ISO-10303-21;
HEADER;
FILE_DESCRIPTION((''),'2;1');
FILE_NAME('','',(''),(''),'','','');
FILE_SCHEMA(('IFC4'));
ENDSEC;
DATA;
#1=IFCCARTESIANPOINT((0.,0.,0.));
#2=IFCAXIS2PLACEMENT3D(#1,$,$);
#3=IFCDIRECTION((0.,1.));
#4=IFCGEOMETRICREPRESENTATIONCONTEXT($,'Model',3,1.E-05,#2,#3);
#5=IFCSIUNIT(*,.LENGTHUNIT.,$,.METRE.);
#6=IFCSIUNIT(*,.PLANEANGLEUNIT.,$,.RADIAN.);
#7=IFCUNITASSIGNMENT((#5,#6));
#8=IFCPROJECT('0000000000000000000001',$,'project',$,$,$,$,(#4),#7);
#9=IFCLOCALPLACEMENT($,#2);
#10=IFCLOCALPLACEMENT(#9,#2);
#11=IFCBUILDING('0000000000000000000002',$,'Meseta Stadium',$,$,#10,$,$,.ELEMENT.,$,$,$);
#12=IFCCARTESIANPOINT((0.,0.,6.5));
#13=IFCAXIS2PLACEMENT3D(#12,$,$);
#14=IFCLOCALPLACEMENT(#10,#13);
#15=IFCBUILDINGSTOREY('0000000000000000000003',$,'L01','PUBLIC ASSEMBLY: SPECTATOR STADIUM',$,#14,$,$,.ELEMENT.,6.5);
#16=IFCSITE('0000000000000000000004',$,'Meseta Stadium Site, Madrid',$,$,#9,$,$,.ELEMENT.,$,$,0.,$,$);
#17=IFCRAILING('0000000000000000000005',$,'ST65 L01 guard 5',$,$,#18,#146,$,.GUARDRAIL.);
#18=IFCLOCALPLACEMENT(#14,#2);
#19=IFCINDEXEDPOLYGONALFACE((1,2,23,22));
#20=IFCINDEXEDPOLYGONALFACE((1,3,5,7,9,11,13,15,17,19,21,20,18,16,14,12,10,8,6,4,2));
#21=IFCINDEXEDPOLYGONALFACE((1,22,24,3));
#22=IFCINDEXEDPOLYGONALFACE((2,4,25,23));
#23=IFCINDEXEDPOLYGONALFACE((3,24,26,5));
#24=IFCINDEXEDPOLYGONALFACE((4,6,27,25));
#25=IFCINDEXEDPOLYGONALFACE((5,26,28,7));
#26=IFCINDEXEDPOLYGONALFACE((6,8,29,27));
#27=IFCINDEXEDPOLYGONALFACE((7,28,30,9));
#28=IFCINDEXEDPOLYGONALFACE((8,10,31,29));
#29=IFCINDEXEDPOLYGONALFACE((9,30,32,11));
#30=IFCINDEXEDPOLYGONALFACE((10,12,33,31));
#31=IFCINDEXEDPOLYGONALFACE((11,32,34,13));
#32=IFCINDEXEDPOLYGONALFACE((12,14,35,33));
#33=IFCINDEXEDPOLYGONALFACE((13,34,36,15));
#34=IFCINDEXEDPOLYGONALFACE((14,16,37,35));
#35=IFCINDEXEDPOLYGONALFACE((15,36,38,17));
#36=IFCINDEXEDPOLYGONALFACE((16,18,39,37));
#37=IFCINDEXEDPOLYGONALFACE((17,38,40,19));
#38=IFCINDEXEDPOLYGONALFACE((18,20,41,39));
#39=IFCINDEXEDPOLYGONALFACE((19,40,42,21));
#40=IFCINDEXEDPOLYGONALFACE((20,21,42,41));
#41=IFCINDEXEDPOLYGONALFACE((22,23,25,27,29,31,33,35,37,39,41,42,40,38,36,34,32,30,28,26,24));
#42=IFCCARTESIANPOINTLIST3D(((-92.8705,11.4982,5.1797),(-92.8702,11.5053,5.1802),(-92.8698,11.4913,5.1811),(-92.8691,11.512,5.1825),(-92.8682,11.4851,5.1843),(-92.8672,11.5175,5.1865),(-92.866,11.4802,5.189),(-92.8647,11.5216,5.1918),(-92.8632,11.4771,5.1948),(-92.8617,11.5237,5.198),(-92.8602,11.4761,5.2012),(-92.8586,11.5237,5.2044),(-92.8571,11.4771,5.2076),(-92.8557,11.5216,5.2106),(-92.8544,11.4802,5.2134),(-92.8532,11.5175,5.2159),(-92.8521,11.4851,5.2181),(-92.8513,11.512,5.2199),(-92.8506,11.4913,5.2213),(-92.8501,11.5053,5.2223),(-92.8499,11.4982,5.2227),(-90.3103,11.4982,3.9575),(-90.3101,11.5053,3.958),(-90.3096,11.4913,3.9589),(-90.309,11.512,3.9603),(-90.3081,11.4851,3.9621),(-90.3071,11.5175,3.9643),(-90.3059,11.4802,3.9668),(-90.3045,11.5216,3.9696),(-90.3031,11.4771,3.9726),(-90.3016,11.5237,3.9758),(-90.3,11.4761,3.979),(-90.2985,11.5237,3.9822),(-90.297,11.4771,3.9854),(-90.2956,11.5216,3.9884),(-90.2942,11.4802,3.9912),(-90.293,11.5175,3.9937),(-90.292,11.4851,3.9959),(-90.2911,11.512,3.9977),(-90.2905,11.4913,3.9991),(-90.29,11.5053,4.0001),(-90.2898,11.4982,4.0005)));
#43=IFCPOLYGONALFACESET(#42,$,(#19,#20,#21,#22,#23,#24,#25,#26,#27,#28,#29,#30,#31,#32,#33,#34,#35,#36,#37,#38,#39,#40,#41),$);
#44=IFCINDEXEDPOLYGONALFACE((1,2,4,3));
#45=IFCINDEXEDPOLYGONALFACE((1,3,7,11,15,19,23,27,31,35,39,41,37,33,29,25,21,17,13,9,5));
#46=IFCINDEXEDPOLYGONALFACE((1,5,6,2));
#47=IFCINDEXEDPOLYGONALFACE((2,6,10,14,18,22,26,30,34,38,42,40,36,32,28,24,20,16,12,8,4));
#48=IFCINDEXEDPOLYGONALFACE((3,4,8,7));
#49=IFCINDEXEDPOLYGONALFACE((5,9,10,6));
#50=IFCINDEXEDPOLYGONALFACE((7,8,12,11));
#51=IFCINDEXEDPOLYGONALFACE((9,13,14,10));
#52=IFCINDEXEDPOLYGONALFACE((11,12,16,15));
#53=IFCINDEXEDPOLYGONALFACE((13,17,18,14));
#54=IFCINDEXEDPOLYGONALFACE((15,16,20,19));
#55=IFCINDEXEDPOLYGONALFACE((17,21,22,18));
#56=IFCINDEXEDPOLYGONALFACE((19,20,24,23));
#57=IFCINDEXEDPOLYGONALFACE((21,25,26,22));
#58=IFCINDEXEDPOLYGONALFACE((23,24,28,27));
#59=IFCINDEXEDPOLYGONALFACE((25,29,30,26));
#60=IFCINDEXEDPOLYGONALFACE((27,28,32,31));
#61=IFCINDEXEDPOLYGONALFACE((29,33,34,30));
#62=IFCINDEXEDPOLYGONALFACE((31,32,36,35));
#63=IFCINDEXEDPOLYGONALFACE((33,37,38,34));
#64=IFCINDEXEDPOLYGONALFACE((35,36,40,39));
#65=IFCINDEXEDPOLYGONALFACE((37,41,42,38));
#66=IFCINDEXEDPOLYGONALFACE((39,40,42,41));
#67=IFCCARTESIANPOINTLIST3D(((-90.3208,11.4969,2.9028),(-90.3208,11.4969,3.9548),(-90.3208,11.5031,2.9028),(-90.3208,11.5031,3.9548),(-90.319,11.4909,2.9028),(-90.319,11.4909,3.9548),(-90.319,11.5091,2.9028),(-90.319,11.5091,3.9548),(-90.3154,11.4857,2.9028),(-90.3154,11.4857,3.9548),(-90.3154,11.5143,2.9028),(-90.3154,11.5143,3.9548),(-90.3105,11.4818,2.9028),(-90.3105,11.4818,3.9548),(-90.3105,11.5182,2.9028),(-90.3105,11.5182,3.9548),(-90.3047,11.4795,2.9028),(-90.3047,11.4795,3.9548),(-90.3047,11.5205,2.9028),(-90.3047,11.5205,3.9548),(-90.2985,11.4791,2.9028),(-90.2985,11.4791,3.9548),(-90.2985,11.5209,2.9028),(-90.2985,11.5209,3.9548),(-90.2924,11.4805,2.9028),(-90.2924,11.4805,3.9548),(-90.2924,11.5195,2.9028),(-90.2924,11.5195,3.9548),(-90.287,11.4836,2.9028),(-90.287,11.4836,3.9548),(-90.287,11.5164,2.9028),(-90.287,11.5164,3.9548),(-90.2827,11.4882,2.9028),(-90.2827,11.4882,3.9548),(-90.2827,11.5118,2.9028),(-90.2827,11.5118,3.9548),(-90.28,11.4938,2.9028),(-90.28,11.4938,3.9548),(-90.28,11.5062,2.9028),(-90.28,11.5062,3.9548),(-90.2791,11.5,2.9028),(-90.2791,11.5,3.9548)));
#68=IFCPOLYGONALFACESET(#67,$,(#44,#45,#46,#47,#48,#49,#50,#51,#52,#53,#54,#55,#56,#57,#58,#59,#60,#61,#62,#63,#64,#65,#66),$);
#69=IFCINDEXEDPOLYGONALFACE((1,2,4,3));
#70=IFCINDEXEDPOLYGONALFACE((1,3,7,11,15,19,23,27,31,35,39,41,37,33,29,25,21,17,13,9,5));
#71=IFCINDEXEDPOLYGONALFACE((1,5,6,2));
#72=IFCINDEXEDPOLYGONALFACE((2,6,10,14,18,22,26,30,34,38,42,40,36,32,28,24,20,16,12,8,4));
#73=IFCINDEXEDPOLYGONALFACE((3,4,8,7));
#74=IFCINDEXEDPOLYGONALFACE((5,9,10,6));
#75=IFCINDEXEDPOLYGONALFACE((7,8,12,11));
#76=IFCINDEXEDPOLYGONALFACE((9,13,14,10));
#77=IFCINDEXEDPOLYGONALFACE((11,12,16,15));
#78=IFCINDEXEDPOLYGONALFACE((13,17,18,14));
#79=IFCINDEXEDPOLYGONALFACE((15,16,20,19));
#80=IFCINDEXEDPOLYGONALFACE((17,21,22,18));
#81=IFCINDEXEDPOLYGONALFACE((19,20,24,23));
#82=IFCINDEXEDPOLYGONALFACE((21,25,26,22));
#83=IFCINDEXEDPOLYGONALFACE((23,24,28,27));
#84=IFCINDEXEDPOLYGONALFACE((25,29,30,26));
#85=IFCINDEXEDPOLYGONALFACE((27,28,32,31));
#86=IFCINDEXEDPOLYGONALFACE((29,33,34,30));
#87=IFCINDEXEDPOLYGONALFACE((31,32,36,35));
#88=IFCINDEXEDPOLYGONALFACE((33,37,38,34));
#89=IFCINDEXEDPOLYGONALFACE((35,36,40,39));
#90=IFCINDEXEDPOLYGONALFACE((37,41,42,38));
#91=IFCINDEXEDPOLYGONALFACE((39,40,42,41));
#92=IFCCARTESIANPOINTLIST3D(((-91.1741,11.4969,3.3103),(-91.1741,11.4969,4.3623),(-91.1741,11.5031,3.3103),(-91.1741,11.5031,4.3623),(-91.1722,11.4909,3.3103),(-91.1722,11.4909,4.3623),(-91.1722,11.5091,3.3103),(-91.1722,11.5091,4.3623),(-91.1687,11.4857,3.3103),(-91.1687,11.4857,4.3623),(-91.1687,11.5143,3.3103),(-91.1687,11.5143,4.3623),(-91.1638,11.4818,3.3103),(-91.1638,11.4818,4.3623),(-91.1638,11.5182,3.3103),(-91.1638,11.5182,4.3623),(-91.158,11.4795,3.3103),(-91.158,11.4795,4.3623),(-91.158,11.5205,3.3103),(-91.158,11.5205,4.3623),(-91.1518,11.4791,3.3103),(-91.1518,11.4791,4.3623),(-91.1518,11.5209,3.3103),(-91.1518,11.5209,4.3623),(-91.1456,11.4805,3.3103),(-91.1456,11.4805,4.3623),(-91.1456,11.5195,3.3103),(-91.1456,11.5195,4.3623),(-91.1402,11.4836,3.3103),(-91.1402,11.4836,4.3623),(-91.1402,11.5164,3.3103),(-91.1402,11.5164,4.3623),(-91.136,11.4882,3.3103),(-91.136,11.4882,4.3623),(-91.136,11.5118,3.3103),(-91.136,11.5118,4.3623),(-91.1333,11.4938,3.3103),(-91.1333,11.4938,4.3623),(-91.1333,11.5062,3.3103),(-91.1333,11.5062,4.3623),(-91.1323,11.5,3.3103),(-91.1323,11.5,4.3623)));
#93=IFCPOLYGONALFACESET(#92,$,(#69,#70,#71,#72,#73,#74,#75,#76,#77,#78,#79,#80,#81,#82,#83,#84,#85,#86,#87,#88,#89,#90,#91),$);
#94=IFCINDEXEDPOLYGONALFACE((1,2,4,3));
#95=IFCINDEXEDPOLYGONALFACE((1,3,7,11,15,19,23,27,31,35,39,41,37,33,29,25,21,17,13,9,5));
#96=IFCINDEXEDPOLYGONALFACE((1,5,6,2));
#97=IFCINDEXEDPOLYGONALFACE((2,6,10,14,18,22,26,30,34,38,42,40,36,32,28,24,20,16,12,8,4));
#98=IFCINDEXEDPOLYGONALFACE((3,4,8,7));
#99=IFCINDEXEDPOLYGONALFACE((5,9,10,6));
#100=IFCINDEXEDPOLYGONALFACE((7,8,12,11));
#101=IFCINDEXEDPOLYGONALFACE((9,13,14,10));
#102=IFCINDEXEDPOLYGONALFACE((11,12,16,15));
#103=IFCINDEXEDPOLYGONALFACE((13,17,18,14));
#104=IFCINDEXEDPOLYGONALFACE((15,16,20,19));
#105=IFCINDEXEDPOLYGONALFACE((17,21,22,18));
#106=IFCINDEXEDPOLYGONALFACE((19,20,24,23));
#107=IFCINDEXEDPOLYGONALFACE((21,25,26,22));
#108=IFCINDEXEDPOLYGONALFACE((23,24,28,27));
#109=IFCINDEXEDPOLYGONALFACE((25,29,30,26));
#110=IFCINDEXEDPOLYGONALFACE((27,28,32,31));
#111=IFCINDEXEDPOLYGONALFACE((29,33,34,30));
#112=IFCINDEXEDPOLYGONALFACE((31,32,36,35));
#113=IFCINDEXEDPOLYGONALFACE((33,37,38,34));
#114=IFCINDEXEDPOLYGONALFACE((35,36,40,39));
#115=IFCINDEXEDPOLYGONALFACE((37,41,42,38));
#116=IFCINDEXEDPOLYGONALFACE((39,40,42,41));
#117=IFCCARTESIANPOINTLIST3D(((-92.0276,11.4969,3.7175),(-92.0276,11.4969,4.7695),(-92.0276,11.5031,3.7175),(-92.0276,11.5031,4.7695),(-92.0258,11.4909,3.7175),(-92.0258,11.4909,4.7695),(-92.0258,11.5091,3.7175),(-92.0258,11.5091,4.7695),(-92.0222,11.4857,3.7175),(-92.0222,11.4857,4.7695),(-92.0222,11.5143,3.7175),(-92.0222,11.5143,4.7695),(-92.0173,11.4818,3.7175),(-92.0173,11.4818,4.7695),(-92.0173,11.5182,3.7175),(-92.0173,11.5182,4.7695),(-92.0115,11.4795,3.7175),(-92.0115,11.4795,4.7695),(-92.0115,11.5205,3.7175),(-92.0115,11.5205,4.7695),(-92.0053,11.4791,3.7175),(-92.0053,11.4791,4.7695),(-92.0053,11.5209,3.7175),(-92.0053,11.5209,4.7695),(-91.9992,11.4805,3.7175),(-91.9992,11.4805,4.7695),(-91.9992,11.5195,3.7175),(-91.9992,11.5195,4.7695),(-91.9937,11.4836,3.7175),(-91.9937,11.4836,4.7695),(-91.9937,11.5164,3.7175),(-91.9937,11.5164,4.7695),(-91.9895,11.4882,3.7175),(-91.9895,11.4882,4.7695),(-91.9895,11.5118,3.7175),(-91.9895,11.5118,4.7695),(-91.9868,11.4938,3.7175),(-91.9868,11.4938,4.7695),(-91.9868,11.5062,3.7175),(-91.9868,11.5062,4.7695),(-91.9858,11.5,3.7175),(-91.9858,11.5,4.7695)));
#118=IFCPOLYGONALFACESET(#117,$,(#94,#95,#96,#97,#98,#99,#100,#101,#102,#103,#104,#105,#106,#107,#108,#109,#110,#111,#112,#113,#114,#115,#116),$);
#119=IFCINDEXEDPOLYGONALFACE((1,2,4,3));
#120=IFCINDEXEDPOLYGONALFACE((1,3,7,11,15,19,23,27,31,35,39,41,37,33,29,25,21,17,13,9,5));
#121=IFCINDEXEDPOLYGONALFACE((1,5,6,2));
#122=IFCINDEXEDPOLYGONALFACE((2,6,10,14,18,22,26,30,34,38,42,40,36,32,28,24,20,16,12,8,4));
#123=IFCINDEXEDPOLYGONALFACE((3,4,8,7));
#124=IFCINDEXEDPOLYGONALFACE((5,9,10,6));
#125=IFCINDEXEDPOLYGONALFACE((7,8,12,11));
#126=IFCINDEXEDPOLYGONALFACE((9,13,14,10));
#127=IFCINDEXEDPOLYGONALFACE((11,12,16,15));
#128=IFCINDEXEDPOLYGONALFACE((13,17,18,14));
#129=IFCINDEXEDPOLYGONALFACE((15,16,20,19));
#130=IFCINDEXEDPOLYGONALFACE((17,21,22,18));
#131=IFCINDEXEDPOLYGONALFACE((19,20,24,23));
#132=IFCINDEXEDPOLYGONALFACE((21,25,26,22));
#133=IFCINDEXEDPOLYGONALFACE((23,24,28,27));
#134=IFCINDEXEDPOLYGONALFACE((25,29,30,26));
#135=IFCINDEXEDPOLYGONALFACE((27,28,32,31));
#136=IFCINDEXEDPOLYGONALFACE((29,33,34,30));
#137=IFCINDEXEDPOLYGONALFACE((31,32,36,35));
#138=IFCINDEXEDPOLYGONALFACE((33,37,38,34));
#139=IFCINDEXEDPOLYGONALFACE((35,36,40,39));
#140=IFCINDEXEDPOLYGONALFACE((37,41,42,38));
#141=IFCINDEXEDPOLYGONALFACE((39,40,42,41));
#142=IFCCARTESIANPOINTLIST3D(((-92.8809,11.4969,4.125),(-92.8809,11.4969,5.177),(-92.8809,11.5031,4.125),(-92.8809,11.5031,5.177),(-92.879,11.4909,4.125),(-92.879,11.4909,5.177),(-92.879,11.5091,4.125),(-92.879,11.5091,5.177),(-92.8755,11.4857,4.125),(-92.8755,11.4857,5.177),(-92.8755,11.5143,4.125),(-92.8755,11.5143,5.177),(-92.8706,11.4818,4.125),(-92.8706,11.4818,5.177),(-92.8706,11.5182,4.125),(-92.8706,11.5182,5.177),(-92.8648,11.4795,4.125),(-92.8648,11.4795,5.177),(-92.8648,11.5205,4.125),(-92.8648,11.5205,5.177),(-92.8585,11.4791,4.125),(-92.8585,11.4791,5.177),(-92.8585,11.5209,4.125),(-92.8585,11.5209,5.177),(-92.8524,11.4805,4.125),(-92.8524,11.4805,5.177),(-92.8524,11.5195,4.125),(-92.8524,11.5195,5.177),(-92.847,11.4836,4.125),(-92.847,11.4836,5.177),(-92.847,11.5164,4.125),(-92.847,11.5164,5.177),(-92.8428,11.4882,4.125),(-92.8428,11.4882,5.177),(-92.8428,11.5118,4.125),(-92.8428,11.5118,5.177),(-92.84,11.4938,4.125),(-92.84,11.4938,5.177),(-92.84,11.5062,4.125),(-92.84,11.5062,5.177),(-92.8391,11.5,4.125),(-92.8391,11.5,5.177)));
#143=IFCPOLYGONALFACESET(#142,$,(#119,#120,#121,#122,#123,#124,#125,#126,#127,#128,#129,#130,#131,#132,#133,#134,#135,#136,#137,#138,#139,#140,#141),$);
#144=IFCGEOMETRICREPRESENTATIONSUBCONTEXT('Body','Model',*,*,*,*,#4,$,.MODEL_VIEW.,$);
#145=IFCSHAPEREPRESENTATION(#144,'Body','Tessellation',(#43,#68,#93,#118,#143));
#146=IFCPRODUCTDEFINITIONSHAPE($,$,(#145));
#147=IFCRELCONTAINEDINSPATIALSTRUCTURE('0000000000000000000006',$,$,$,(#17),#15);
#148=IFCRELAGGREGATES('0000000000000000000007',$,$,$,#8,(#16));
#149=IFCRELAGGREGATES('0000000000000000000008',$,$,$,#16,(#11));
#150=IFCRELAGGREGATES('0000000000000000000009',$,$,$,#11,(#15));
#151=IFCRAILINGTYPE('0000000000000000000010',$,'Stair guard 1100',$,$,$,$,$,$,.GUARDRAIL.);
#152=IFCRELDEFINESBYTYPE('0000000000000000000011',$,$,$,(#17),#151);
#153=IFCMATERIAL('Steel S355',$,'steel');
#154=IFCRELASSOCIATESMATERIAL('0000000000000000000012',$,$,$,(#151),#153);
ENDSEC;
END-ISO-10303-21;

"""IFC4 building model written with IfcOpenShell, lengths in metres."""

from ifc_helpers import new_model, si_unit, direction, frame, origin, origin_2d, place, context, subcontext, project, spatial, circle, extrude, material, type_object, element, save


model = new_model("IFC4")

# Units and contexts
model_context = context("Model", 3, precision=1e-05, world=origin(), true_north=direction((0.0, 1.0)))
body_context = subcontext(model_context, "Body", "Model", "MODEL_VIEW")
ifc_project = project(units=[si_unit("LENGTHUNIT", "METRE"), si_unit("PLANEANGLEUNIT", "RADIAN")], contexts=[model_context])

# Site, building, storey
site_placement = place(None, origin())
site = spatial("IfcSite", under=ifc_project, at=site_placement, Name="Meseta Stadium Site, Madrid", CompositionType="ELEMENT", RefElevation=0.0)
building_placement = place(site_placement, origin())
building = spatial("IfcBuilding", under=site, at=building_placement, Name="Meseta Stadium", CompositionType="ELEMENT")
storey_placement = place(building_placement, frame((0.0, 0.0, 6.5)))
storey = spatial("IfcBuildingStorey", under=building, at=storey_placement, Name="L01", Description="PUBLIC ASSEMBLY: SPECTATOR STADIUM", CompositionType="ELEMENT", Elevation=6.5)

# Railing
ifc_material_1 = material(Name="Steel S355", Category="steel")
railing_type_1 = type_object("IfcRailingType", Name="Stair guard 1100", PredefinedType="GUARDRAIL", material=ifc_material_1)
railing_1_placement = place(storey_placement, frame((-90.3, 11.5, 2.9028)))
element("IfcRailing", 1, at=railing_1_placement, inside=storey, type_object=railing_type_1, Name="ST65 L01 guard 5", PredefinedType="GUARDRAIL", context=body_context, shape_type="SweptSolid", body=[
    extrude(circle(Radius=0.0239, at=origin_2d()), frame((0.0, 0.0, 1.0762), z_axis=(-0.902437, 0.0, 0.430822), x_axis=(0.0, -1.0, 0.0)), (0.0, 0.0, 1.0), 2.8369),
    extrude(circle(Radius=0.021, at=origin_2d()), origin(), (0.0, 0.0, 1.0), 1.052),
    extrude(circle(Radius=0.021, at=origin_2d()), frame((-0.8533, 0.0, 0.4075)), (0.0, 0.0, 1.0), 1.052),
    extrude(circle(Radius=0.021, at=origin_2d()), frame((-1.7068, 0.0, 0.8147)), (0.0, 0.0, 1.0), 1.052),
    extrude(circle(Radius=0.021, at=origin_2d()), frame((-2.5601, 0.0, 1.2222)), (0.0, 0.0, 1.0), 1.052),
])

save(model, "model.ifc")
